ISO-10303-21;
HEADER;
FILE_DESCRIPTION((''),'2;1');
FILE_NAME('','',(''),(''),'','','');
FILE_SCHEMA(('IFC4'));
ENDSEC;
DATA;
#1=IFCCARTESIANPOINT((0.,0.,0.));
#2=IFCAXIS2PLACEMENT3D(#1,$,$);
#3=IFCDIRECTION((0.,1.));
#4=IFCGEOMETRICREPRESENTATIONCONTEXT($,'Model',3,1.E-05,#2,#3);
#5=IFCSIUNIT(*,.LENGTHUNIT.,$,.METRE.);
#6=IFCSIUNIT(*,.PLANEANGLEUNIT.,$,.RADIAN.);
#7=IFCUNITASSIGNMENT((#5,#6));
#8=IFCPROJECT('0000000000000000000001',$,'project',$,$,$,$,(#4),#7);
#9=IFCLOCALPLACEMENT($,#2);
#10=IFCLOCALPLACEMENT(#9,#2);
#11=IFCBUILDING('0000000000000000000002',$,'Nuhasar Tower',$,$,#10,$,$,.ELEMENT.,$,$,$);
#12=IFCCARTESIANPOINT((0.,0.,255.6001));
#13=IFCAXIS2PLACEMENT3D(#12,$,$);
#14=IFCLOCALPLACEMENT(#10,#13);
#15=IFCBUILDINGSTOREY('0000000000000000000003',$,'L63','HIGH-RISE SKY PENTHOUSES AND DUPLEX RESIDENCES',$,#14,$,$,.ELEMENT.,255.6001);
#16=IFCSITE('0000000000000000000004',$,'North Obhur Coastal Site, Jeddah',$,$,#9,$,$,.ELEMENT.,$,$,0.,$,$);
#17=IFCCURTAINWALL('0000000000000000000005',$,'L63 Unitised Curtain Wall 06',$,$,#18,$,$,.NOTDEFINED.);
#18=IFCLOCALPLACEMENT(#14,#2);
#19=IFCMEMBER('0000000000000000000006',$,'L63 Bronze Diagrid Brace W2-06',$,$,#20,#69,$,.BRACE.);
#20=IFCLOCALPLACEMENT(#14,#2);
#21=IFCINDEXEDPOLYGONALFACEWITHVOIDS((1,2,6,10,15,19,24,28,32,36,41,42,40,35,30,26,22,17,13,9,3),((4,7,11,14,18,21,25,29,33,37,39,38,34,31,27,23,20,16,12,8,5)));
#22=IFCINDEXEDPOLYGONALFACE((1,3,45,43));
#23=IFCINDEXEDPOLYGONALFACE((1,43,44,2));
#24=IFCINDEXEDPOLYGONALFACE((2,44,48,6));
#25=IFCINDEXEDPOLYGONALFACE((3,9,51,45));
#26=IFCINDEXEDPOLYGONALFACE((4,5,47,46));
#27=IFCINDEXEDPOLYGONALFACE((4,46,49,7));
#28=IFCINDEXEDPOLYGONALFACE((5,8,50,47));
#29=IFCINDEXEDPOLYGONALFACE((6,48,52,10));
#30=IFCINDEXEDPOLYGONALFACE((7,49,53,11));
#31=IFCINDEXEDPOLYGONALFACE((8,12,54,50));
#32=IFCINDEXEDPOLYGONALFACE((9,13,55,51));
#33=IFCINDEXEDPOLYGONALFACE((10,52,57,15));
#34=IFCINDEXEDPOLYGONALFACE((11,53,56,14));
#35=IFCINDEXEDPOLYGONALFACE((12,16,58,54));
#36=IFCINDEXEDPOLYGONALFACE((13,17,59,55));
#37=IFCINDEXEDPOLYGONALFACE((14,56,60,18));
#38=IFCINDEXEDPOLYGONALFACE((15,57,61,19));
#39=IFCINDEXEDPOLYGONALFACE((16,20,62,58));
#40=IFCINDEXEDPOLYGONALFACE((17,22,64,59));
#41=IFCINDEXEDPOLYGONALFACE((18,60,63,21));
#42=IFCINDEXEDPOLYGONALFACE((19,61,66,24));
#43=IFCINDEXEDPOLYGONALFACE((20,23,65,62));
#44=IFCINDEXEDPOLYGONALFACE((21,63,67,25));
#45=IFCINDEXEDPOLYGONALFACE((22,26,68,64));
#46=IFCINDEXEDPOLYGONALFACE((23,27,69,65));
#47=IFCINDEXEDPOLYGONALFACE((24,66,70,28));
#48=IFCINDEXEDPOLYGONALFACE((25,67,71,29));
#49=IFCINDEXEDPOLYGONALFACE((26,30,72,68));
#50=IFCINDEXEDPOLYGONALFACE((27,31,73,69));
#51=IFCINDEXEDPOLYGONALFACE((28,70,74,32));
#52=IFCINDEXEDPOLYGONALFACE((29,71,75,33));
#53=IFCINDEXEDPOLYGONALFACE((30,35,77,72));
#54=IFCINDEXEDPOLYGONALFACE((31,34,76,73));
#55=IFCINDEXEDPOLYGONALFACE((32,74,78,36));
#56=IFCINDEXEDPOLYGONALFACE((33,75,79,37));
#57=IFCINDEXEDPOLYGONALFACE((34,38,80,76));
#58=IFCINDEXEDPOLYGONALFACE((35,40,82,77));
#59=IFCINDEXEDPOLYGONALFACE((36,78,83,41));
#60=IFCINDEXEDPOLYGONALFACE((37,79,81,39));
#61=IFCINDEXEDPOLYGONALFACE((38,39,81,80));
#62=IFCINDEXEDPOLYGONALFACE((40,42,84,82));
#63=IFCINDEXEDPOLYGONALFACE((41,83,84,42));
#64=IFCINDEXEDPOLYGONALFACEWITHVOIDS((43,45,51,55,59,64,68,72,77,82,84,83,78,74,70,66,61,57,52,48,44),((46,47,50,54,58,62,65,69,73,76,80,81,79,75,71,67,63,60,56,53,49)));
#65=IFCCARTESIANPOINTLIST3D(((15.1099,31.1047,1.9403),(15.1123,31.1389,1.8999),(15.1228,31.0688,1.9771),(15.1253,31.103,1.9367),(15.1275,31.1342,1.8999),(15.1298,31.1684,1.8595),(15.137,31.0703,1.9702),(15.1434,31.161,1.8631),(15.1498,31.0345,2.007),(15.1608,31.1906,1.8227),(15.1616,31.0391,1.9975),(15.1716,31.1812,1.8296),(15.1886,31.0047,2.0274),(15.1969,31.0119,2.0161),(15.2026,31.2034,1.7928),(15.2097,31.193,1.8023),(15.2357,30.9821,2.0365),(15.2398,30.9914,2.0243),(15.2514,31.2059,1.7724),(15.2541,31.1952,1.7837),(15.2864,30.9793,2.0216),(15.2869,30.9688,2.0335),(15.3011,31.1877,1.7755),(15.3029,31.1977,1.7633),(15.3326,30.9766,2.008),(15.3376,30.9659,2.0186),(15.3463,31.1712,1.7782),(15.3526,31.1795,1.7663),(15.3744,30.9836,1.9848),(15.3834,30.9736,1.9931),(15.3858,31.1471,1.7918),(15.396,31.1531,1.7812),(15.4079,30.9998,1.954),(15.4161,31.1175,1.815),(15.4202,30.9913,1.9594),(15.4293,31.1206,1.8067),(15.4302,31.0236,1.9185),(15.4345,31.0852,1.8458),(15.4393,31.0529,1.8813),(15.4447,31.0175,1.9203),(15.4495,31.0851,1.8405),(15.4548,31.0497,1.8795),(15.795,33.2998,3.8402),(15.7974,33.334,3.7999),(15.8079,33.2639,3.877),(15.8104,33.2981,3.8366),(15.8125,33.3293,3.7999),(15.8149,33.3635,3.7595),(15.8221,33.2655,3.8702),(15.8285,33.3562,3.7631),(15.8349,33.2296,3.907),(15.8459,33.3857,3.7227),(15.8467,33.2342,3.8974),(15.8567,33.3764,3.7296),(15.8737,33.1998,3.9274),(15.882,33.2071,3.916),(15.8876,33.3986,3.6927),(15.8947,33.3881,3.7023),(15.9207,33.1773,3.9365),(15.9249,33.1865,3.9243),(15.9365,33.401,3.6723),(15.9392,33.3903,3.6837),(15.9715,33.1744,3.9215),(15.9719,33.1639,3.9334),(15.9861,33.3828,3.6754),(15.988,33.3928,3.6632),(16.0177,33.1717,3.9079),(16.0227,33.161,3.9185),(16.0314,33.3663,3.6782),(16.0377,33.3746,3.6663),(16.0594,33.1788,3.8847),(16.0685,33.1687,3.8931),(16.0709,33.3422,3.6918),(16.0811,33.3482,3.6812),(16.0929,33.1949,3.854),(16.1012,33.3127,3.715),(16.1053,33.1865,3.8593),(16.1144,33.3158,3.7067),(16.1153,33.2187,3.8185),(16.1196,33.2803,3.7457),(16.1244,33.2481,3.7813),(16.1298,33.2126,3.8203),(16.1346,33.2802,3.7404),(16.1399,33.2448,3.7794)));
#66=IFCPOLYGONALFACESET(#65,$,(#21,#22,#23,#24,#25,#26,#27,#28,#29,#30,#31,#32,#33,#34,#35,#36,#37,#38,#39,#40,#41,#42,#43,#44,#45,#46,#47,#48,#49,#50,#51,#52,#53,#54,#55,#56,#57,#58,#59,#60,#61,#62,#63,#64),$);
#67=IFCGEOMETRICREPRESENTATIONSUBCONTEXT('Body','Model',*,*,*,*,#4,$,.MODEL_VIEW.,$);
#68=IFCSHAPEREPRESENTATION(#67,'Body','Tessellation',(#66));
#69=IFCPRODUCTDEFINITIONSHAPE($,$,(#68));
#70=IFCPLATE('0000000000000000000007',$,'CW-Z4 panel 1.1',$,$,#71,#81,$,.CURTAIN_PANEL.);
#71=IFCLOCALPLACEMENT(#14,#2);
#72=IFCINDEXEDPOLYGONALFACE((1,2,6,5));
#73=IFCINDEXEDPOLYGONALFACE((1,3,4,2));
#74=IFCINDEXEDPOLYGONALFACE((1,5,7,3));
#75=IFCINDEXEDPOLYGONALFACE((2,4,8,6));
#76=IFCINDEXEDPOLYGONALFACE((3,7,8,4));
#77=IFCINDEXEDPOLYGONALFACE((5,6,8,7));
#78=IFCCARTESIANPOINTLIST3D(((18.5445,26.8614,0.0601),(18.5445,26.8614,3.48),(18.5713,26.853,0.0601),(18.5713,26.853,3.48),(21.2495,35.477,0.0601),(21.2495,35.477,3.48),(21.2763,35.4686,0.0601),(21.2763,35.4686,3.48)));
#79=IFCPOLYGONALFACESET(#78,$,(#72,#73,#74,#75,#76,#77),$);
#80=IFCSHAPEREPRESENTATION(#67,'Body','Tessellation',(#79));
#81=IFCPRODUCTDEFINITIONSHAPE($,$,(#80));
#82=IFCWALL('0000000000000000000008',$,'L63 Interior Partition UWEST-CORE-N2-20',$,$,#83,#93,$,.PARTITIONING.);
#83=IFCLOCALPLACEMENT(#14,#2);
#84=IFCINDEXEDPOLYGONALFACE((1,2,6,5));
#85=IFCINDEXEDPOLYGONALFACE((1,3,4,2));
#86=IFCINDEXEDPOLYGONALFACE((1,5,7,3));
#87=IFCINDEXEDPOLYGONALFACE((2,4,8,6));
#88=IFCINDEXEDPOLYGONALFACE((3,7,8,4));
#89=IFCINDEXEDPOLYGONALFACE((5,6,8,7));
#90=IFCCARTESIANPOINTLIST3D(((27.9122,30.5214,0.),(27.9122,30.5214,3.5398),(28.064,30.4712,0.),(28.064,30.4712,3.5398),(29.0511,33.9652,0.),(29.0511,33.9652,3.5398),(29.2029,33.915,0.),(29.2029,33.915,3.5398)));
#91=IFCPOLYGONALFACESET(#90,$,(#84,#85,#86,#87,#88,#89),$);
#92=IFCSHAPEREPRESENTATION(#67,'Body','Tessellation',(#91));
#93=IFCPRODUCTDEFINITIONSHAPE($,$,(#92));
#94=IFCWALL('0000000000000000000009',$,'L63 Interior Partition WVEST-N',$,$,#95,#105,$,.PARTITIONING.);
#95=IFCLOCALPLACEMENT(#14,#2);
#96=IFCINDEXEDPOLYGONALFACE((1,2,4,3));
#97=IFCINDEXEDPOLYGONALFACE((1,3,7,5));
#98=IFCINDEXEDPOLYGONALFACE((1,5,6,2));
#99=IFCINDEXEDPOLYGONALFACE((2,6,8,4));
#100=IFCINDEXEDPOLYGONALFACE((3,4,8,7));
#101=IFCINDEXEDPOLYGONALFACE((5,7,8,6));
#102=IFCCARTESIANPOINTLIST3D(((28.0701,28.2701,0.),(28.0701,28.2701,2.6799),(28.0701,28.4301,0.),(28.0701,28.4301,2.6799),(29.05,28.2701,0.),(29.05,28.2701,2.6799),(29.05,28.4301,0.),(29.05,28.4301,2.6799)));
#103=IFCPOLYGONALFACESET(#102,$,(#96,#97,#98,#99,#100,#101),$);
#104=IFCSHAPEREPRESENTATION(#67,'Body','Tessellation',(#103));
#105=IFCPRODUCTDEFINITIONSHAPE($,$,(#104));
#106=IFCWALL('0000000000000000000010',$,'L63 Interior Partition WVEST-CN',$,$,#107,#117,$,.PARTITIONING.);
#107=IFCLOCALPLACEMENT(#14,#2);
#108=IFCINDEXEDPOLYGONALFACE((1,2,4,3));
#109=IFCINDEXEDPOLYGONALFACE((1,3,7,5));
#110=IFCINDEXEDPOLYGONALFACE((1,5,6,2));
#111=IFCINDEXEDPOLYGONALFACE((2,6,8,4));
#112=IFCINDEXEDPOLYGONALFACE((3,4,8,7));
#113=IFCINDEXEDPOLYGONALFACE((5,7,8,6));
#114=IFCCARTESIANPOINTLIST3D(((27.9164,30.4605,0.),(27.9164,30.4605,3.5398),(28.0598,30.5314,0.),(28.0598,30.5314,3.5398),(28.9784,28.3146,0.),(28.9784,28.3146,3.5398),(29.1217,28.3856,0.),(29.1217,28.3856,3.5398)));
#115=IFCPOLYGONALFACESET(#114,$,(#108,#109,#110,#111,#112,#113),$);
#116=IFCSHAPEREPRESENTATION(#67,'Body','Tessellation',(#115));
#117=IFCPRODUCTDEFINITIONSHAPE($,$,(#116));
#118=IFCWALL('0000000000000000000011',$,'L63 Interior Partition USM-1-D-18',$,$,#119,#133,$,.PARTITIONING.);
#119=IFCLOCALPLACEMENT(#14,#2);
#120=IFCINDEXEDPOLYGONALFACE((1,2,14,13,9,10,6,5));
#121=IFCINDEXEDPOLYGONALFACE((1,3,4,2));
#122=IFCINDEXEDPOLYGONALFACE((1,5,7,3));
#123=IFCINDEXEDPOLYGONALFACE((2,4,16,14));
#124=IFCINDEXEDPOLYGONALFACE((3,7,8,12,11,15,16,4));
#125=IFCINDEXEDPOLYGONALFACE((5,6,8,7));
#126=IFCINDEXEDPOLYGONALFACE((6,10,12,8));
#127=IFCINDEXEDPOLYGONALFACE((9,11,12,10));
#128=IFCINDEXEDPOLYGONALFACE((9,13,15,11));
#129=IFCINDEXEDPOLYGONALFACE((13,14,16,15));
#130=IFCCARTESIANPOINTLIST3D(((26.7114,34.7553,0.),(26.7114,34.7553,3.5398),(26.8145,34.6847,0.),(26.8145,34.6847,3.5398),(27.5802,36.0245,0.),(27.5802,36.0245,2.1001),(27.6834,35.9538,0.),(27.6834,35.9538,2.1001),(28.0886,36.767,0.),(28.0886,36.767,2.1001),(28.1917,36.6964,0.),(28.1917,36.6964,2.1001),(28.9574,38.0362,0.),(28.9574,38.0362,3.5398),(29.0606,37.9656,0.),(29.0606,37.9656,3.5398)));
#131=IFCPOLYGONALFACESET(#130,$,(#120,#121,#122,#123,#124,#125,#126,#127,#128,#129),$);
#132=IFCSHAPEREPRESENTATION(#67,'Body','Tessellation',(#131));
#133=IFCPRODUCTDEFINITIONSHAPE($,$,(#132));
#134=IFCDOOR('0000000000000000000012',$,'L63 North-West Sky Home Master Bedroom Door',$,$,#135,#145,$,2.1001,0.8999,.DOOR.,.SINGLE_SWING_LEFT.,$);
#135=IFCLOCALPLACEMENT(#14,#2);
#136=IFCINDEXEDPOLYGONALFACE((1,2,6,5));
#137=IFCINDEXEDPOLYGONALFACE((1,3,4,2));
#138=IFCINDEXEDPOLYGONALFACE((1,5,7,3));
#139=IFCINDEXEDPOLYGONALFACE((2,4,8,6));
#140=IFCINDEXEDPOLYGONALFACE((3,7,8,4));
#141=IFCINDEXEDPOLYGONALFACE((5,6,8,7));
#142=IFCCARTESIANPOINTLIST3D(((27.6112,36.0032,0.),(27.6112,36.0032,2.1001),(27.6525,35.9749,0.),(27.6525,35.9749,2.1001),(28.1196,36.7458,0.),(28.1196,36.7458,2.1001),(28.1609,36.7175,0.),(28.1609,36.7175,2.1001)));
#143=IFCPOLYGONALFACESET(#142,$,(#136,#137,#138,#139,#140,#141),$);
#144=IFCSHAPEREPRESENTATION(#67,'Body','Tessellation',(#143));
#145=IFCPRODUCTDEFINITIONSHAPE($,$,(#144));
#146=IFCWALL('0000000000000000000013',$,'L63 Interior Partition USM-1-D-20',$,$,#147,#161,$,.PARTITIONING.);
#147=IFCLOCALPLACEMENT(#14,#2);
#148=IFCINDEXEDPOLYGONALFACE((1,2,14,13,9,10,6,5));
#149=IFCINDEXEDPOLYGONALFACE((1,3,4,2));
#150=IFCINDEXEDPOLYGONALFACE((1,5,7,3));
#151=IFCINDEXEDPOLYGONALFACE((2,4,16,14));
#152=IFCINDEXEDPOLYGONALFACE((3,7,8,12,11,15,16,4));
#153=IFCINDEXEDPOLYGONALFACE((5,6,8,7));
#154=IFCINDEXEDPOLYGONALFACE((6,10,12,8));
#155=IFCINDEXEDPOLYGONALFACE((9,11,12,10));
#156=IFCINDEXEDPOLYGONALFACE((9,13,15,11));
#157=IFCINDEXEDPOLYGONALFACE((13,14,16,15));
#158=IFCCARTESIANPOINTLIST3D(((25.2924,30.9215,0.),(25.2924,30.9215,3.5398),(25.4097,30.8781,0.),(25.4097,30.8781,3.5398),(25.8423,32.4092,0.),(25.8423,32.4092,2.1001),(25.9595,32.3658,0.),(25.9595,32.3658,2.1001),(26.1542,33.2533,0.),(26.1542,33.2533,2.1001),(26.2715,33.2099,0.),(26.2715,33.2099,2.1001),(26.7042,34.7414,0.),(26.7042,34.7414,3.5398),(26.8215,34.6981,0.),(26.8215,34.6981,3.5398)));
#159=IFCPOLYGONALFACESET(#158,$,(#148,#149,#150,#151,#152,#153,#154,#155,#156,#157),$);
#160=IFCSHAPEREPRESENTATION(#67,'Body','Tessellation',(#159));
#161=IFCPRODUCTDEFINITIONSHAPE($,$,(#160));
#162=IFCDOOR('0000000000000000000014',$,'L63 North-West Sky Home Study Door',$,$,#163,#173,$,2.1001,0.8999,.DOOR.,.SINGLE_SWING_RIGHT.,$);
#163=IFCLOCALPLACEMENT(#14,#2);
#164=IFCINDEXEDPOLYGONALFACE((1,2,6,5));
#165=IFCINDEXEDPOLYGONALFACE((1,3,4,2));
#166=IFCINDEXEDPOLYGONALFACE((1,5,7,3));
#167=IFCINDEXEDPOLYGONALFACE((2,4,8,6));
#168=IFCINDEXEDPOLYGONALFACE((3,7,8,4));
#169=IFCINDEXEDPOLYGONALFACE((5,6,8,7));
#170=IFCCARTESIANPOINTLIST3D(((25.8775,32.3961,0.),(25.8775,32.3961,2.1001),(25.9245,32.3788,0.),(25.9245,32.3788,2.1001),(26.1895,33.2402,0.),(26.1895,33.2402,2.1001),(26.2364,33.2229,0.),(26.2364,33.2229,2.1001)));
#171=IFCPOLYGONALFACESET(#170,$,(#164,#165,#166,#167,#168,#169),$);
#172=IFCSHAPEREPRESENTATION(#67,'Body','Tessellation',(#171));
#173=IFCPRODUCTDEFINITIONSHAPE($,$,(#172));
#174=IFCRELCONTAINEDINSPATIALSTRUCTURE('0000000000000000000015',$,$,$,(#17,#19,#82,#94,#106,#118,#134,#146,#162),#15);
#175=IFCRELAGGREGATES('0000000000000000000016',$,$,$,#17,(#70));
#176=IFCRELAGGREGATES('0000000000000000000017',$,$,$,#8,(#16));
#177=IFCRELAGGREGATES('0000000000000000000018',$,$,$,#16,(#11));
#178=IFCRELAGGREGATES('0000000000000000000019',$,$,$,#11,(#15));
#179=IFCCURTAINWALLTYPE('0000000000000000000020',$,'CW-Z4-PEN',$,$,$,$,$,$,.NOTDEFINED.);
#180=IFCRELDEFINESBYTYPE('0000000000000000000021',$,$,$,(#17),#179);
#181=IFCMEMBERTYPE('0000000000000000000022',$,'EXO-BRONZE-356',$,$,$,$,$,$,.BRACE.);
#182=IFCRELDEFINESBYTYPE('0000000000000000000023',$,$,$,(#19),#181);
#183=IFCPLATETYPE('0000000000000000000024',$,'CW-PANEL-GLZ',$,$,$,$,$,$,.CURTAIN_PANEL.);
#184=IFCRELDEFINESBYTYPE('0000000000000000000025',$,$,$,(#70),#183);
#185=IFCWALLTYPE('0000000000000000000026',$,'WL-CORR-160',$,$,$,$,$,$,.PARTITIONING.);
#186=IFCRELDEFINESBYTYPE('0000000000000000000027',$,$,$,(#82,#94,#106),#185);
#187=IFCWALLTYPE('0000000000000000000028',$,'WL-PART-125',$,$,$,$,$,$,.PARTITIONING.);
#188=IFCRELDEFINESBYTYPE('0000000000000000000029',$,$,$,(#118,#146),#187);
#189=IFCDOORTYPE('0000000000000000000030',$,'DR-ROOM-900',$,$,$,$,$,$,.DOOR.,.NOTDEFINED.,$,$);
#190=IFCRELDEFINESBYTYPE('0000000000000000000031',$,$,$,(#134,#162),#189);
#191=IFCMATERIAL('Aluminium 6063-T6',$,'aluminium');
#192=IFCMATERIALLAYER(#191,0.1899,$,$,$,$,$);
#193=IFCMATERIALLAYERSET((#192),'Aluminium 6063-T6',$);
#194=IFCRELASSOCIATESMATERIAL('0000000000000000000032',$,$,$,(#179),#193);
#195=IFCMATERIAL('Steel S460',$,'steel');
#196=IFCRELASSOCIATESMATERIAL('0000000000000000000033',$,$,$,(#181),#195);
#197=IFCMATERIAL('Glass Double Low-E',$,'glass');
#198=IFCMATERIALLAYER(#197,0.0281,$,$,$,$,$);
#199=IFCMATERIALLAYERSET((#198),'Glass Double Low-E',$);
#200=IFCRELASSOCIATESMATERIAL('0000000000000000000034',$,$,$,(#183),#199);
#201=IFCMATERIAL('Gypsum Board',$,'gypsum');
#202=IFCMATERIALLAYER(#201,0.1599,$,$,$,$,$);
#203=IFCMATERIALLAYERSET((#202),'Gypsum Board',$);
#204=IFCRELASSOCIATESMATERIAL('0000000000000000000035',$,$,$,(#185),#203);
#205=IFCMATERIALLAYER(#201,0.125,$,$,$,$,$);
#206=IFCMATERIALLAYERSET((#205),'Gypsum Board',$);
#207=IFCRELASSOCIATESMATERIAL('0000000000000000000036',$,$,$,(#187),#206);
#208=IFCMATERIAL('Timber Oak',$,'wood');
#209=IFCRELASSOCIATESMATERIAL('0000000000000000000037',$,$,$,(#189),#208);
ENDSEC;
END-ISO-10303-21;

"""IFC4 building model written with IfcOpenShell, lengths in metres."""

from ifc_helpers import new_model, si_unit, direction, frame, frame_2d, origin, origin_2d, place, context, subcontext, project, spatial, rectangle, hollow_circle, extrude, material, layer, layer_set, material_profile, profile_set, type_object, element, fill, aggregate, save


model = new_model("IFC4")

# Units and contexts
model_context = context("Model", 3, precision=1e-05, world=origin(), true_north=direction((0.0, 1.0)))
body_context = subcontext(model_context, "Body", "Model", "MODEL_VIEW")
ifc_project = project(units=[si_unit("LENGTHUNIT", "METRE"), si_unit("PLANEANGLEUNIT", "RADIAN")], contexts=[model_context])

# Site, building, storey
site_placement = place(None, origin())
site = spatial("IfcSite", under=ifc_project, at=site_placement, Name="North Obhur Coastal Site, Jeddah", CompositionType="ELEMENT", RefElevation=0.0)
building_placement = place(site_placement, origin())
building = spatial("IfcBuilding", under=site, at=building_placement, Name="Nuhasar Tower", CompositionType="ELEMENT")
storey_placement = place(building_placement, frame((0.0, 0.0, 255.6001)))
storey = spatial("IfcBuildingStorey", under=building, at=storey_placement, Name="L63", Description="HIGH-RISE SKY PENTHOUSES AND DUPLEX RESIDENCES", CompositionType="ELEMENT", Elevation=255.6001)

# Shared definitions
ifc_material_1 = material(Name="Steel S460", Category="steel")

# Curtain wall
ifc_material_2 = material(Name="Aluminium 6063-T6", Category="aluminium")
ifc_layer_1 = layer(ifc_material_2, 0.1899)
ifc_layer_set_1 = layer_set([ifc_layer_1], Name="Aluminium 6063-T6")
curtain_wall_type = type_object("IfcCurtainWallType", Name="CW-Z4-PEN", PredefinedType="NOTDEFINED", material=ifc_layer_set_1)
curtain_wall_placement = place(storey_placement, origin())
curtain_wall = element("IfcCurtainWall", 1, at=curtain_wall_placement, inside=storey, type_object=curtain_wall_type, Name="L63 Unitised Curtain Wall 06", PredefinedType="NOTDEFINED")

# Member
ifc_material_profile_1 = material_profile(ifc_material_1, hollow_circle(Radius=0.1777, WallThickness=0.0159, at=origin_2d()), Name="HSS355.6X15.9")
ifc_profile_set_1 = profile_set([ifc_material_profile_1], Name="Steel S460")
member_type_1 = type_object("IfcMemberType", Name="EXO-BRONZE-356", PredefinedType="BRACE", material=ifc_profile_set_1)
for number, where, z_axis, x_axis, name in (
    (2, (15.282, 31.0859, 1.8999), (0.229668, 0.735902, 0.636947), (-0.954591, 0.297918, 0.0), "L63 Bronze Diagrid Brace W2-06"),
):
    element("IfcMember", number, at=place(storey_placement, frame(where, z_axis=z_axis, x_axis=x_axis)), inside=storey, type_object=member_type_1, Name=name, PredefinedType="BRACE", context=body_context, shape_type="SweptSolid", body=[
        extrude(hollow_circle(Radius=0.1777, WallThickness=0.0159, at=origin_2d()), origin(), (0.0, 0.0, 1.0), 2.9829),
    ])

# Plate
ifc_material_3 = material(Name="Glass Double Low-E", Category="glass")
ifc_layer_2 = layer(ifc_material_3, 0.0281)
ifc_layer_set_2 = layer_set([ifc_layer_2], Name="Glass Double Low-E")
plate_type = type_object("IfcPlateType", Name="CW-PANEL-GLZ", PredefinedType="CURTAIN_PANEL", material=ifc_layer_set_2)
plate_placement = place(storey_placement, frame((19.9104, 31.165, 0.0601), z_axis=(0.0, 0.0, 1.0), x_axis=(-0.299557, -0.954079, 0.0)))
plate = element("IfcPlate", 3, at=plate_placement, type_object=plate_type, Name="CW-Z4 panel 1.1", PredefinedType="CURTAIN_PANEL", context=body_context, shape_type="SweptSolid", body=[
    extrude(rectangle(XDim=9.0303, YDim=0.0281, at=origin_2d()), origin(), (0.0, 0.0, 1.0), 3.4199),
])
aggregate(curtain_wall, [plate])

# Wall
ifc_material_4 = material(Name="Gypsum Board", Category="gypsum")
ifc_layer_3 = layer(ifc_material_4, 0.1599)
ifc_layer_set_3 = layer_set([ifc_layer_3], Name="Gypsum Board")
wall_type_1 = type_object("IfcWallType", Name="WL-CORR-160", PredefinedType="PARTITIONING", material=ifc_layer_set_3)
wall_1_placement = place(storey_placement, frame((29.127, 33.9399, 0.0), z_axis=(0.0, 0.0, 1.0), x_axis=(-0.313986, -0.949428, 0.0)))
element("IfcWall", 4, at=wall_1_placement, inside=storey, type_object=wall_type_1, Name="L63 Interior Partition UWEST-CORE-N2-20", PredefinedType="PARTITIONING", context=body_context, shape_type="SweptSolid", body=[
    extrude(rectangle(XDim=3.6272, YDim=0.1599, at=frame_2d((1.8135, 0.0))), origin(), (0.0, 0.0, 1.0), 3.5398),
])

# Shared definitions
ifc_material_5 = material(Name="Timber Oak", Category="wood")

# Walls
wall_2_placement = place(storey_placement, frame((28.0701, 28.3501, 0.0), z_axis=(0.0, 0.0, 1.0), x_axis=(1.0, 0.0, 0.0)))
element("IfcWall", 5, at=wall_2_placement, inside=storey, type_object=wall_type_1, Name="L63 Interior Partition WVEST-N", PredefinedType="PARTITIONING", context=body_context, shape_type="SweptSolid", body=[
    extrude(rectangle(XDim=0.98, YDim=0.1599, at=frame_2d((0.49, 0.0))), origin(), (0.0, 0.0, 1.0), 2.6799),
])
wall_3_placement = place(storey_placement, frame((27.988, 30.4961, 0.0), z_axis=(0.0, 0.0, 1.0), x_axis=(0.443539, -0.896255, 0.0)))
element("IfcWall", 6, at=wall_3_placement, inside=storey, type_object=wall_type_1, Name="L63 Interior Partition WVEST-CN", PredefinedType="PARTITIONING", context=body_context, shape_type="SweptSolid", body=[
    extrude(rectangle(XDim=2.3943, YDim=0.1599, at=frame_2d((1.1973, 0.0))), origin(), (0.0, 0.0, 1.0), 3.5398),
])

# Walls, openings, doors
ifc_layer_4 = layer(ifc_material_4, 0.125)
ifc_layer_set_4 = layer_set([ifc_layer_4], Name="Gypsum Board")
wall_type_2 = type_object("IfcWallType", Name="WL-PART-125", PredefinedType="PARTITIONING", material=ifc_layer_set_4)
wall_4_placement = place(storey_placement, frame((26.7629, 34.72, 0.0), z_axis=(0.0, 0.0, 1.0), x_axis=(0.564889, 0.825167, 0.0)))
wall_4 = element("IfcWall", 7, at=wall_4_placement, inside=storey, type_object=wall_type_2, Name="L63 Interior Partition USM-1-D-18", PredefinedType="PARTITIONING", context=body_context, shape_type="SweptSolid", body=[
    extrude(rectangle(XDim=3.9761, YDim=0.125, at=frame_2d((1.988, 0.0))), origin(), (0.0, 0.0, 1.0), 3.5398),
])
opening_1_placement = place(wall_4_placement, frame((1.5381, 0.0, 0.0)))
opening_1 = element("IfcOpeningElement", 8, at=opening_1_placement, cuts=wall_4, PredefinedType="OPENING", context=body_context, shape_type="SweptSolid", body=[
    extrude(rectangle(XDim=0.8999, YDim=2.1001, at=frame_2d((0.45, 1.05))), frame((0.0, 0.0725, 0.0), z_axis=(0.0, -1.0, 0.0), x_axis=(1.0, 0.0, 0.0)), (0.0, 0.0, 1.0), 0.145),
])
door_type_1 = type_object("IfcDoorType", Name="DR-ROOM-900", OperationType="NOTDEFINED", PredefinedType="DOOR", material=ifc_material_5)
door_1_placement = place(opening_1_placement, origin())
door_1 = element("IfcDoor", 9, at=door_1_placement, inside=storey, type_object=door_type_1, Name="L63 North-West Sky Home Master Bedroom Door", OperationType="SINGLE_SWING_LEFT", OverallHeight=2.1001, OverallWidth=0.8999, PredefinedType="DOOR", context=body_context, shape_type="SweptSolid", body=[
    extrude(rectangle(XDim=0.8999, YDim=2.1001, at=frame_2d((0.45, 1.05))), frame((0.0, 0.0249, 0.0), z_axis=(0.0, -1.0, 0.0), x_axis=(1.0, 0.0, 0.0)), (0.0, 0.0, 1.0), 0.05),
])
fill(opening_1, door_1)
wall_5_placement = place(storey_placement, frame((25.3511, 30.8999, 0.0), z_axis=(0.0, 0.0, 1.0), x_axis=(0.346672, 0.937986, 0.0)))
wall_5 = element("IfcWall", 10, at=wall_5_placement, inside=storey, type_object=wall_type_2, Name="L63 Interior Partition USM-1-D-20", PredefinedType="PARTITIONING", context=body_context, shape_type="SweptSolid", body=[
    extrude(rectangle(XDim=4.0725, YDim=0.125, at=frame_2d((2.0361, 0.0))), origin(), (0.0, 0.0, 1.0), 3.5398),
])
opening_2_placement = place(wall_5_placement, frame((1.5859, 0.0, 0.0)))
opening_2 = element("IfcOpeningElement", 11, at=opening_2_placement, cuts=wall_5, PredefinedType="OPENING", context=body_context, shape_type="SweptSolid", body=[
    extrude(rectangle(XDim=0.8999, YDim=2.1001, at=frame_2d((0.45, 1.05))), frame((0.0, 0.0725, 0.0), z_axis=(0.0, -1.0, 0.0), x_axis=(1.0, 0.0, 0.0)), (0.0, 0.0, 1.0), 0.145),
])
door_2_placement = place(opening_2_placement, origin())
door_2 = element("IfcDoor", 12, at=door_2_placement, inside=storey, type_object=door_type_1, Name="L63 North-West Sky Home Study Door", OperationType="SINGLE_SWING_RIGHT", OverallHeight=2.1001, OverallWidth=0.8999, PredefinedType="DOOR", context=body_context, shape_type="SweptSolid", body=[
    extrude(rectangle(XDim=0.8999, YDim=2.1001, at=frame_2d((0.45, 1.05))), frame((0.0, 0.0249, 0.0), z_axis=(0.0, -1.0, 0.0), x_axis=(1.0, 0.0, 0.0)), (0.0, 0.0, 1.0), 0.05),
])
fill(opening_2, door_2)

save(model, "model.ifc")
